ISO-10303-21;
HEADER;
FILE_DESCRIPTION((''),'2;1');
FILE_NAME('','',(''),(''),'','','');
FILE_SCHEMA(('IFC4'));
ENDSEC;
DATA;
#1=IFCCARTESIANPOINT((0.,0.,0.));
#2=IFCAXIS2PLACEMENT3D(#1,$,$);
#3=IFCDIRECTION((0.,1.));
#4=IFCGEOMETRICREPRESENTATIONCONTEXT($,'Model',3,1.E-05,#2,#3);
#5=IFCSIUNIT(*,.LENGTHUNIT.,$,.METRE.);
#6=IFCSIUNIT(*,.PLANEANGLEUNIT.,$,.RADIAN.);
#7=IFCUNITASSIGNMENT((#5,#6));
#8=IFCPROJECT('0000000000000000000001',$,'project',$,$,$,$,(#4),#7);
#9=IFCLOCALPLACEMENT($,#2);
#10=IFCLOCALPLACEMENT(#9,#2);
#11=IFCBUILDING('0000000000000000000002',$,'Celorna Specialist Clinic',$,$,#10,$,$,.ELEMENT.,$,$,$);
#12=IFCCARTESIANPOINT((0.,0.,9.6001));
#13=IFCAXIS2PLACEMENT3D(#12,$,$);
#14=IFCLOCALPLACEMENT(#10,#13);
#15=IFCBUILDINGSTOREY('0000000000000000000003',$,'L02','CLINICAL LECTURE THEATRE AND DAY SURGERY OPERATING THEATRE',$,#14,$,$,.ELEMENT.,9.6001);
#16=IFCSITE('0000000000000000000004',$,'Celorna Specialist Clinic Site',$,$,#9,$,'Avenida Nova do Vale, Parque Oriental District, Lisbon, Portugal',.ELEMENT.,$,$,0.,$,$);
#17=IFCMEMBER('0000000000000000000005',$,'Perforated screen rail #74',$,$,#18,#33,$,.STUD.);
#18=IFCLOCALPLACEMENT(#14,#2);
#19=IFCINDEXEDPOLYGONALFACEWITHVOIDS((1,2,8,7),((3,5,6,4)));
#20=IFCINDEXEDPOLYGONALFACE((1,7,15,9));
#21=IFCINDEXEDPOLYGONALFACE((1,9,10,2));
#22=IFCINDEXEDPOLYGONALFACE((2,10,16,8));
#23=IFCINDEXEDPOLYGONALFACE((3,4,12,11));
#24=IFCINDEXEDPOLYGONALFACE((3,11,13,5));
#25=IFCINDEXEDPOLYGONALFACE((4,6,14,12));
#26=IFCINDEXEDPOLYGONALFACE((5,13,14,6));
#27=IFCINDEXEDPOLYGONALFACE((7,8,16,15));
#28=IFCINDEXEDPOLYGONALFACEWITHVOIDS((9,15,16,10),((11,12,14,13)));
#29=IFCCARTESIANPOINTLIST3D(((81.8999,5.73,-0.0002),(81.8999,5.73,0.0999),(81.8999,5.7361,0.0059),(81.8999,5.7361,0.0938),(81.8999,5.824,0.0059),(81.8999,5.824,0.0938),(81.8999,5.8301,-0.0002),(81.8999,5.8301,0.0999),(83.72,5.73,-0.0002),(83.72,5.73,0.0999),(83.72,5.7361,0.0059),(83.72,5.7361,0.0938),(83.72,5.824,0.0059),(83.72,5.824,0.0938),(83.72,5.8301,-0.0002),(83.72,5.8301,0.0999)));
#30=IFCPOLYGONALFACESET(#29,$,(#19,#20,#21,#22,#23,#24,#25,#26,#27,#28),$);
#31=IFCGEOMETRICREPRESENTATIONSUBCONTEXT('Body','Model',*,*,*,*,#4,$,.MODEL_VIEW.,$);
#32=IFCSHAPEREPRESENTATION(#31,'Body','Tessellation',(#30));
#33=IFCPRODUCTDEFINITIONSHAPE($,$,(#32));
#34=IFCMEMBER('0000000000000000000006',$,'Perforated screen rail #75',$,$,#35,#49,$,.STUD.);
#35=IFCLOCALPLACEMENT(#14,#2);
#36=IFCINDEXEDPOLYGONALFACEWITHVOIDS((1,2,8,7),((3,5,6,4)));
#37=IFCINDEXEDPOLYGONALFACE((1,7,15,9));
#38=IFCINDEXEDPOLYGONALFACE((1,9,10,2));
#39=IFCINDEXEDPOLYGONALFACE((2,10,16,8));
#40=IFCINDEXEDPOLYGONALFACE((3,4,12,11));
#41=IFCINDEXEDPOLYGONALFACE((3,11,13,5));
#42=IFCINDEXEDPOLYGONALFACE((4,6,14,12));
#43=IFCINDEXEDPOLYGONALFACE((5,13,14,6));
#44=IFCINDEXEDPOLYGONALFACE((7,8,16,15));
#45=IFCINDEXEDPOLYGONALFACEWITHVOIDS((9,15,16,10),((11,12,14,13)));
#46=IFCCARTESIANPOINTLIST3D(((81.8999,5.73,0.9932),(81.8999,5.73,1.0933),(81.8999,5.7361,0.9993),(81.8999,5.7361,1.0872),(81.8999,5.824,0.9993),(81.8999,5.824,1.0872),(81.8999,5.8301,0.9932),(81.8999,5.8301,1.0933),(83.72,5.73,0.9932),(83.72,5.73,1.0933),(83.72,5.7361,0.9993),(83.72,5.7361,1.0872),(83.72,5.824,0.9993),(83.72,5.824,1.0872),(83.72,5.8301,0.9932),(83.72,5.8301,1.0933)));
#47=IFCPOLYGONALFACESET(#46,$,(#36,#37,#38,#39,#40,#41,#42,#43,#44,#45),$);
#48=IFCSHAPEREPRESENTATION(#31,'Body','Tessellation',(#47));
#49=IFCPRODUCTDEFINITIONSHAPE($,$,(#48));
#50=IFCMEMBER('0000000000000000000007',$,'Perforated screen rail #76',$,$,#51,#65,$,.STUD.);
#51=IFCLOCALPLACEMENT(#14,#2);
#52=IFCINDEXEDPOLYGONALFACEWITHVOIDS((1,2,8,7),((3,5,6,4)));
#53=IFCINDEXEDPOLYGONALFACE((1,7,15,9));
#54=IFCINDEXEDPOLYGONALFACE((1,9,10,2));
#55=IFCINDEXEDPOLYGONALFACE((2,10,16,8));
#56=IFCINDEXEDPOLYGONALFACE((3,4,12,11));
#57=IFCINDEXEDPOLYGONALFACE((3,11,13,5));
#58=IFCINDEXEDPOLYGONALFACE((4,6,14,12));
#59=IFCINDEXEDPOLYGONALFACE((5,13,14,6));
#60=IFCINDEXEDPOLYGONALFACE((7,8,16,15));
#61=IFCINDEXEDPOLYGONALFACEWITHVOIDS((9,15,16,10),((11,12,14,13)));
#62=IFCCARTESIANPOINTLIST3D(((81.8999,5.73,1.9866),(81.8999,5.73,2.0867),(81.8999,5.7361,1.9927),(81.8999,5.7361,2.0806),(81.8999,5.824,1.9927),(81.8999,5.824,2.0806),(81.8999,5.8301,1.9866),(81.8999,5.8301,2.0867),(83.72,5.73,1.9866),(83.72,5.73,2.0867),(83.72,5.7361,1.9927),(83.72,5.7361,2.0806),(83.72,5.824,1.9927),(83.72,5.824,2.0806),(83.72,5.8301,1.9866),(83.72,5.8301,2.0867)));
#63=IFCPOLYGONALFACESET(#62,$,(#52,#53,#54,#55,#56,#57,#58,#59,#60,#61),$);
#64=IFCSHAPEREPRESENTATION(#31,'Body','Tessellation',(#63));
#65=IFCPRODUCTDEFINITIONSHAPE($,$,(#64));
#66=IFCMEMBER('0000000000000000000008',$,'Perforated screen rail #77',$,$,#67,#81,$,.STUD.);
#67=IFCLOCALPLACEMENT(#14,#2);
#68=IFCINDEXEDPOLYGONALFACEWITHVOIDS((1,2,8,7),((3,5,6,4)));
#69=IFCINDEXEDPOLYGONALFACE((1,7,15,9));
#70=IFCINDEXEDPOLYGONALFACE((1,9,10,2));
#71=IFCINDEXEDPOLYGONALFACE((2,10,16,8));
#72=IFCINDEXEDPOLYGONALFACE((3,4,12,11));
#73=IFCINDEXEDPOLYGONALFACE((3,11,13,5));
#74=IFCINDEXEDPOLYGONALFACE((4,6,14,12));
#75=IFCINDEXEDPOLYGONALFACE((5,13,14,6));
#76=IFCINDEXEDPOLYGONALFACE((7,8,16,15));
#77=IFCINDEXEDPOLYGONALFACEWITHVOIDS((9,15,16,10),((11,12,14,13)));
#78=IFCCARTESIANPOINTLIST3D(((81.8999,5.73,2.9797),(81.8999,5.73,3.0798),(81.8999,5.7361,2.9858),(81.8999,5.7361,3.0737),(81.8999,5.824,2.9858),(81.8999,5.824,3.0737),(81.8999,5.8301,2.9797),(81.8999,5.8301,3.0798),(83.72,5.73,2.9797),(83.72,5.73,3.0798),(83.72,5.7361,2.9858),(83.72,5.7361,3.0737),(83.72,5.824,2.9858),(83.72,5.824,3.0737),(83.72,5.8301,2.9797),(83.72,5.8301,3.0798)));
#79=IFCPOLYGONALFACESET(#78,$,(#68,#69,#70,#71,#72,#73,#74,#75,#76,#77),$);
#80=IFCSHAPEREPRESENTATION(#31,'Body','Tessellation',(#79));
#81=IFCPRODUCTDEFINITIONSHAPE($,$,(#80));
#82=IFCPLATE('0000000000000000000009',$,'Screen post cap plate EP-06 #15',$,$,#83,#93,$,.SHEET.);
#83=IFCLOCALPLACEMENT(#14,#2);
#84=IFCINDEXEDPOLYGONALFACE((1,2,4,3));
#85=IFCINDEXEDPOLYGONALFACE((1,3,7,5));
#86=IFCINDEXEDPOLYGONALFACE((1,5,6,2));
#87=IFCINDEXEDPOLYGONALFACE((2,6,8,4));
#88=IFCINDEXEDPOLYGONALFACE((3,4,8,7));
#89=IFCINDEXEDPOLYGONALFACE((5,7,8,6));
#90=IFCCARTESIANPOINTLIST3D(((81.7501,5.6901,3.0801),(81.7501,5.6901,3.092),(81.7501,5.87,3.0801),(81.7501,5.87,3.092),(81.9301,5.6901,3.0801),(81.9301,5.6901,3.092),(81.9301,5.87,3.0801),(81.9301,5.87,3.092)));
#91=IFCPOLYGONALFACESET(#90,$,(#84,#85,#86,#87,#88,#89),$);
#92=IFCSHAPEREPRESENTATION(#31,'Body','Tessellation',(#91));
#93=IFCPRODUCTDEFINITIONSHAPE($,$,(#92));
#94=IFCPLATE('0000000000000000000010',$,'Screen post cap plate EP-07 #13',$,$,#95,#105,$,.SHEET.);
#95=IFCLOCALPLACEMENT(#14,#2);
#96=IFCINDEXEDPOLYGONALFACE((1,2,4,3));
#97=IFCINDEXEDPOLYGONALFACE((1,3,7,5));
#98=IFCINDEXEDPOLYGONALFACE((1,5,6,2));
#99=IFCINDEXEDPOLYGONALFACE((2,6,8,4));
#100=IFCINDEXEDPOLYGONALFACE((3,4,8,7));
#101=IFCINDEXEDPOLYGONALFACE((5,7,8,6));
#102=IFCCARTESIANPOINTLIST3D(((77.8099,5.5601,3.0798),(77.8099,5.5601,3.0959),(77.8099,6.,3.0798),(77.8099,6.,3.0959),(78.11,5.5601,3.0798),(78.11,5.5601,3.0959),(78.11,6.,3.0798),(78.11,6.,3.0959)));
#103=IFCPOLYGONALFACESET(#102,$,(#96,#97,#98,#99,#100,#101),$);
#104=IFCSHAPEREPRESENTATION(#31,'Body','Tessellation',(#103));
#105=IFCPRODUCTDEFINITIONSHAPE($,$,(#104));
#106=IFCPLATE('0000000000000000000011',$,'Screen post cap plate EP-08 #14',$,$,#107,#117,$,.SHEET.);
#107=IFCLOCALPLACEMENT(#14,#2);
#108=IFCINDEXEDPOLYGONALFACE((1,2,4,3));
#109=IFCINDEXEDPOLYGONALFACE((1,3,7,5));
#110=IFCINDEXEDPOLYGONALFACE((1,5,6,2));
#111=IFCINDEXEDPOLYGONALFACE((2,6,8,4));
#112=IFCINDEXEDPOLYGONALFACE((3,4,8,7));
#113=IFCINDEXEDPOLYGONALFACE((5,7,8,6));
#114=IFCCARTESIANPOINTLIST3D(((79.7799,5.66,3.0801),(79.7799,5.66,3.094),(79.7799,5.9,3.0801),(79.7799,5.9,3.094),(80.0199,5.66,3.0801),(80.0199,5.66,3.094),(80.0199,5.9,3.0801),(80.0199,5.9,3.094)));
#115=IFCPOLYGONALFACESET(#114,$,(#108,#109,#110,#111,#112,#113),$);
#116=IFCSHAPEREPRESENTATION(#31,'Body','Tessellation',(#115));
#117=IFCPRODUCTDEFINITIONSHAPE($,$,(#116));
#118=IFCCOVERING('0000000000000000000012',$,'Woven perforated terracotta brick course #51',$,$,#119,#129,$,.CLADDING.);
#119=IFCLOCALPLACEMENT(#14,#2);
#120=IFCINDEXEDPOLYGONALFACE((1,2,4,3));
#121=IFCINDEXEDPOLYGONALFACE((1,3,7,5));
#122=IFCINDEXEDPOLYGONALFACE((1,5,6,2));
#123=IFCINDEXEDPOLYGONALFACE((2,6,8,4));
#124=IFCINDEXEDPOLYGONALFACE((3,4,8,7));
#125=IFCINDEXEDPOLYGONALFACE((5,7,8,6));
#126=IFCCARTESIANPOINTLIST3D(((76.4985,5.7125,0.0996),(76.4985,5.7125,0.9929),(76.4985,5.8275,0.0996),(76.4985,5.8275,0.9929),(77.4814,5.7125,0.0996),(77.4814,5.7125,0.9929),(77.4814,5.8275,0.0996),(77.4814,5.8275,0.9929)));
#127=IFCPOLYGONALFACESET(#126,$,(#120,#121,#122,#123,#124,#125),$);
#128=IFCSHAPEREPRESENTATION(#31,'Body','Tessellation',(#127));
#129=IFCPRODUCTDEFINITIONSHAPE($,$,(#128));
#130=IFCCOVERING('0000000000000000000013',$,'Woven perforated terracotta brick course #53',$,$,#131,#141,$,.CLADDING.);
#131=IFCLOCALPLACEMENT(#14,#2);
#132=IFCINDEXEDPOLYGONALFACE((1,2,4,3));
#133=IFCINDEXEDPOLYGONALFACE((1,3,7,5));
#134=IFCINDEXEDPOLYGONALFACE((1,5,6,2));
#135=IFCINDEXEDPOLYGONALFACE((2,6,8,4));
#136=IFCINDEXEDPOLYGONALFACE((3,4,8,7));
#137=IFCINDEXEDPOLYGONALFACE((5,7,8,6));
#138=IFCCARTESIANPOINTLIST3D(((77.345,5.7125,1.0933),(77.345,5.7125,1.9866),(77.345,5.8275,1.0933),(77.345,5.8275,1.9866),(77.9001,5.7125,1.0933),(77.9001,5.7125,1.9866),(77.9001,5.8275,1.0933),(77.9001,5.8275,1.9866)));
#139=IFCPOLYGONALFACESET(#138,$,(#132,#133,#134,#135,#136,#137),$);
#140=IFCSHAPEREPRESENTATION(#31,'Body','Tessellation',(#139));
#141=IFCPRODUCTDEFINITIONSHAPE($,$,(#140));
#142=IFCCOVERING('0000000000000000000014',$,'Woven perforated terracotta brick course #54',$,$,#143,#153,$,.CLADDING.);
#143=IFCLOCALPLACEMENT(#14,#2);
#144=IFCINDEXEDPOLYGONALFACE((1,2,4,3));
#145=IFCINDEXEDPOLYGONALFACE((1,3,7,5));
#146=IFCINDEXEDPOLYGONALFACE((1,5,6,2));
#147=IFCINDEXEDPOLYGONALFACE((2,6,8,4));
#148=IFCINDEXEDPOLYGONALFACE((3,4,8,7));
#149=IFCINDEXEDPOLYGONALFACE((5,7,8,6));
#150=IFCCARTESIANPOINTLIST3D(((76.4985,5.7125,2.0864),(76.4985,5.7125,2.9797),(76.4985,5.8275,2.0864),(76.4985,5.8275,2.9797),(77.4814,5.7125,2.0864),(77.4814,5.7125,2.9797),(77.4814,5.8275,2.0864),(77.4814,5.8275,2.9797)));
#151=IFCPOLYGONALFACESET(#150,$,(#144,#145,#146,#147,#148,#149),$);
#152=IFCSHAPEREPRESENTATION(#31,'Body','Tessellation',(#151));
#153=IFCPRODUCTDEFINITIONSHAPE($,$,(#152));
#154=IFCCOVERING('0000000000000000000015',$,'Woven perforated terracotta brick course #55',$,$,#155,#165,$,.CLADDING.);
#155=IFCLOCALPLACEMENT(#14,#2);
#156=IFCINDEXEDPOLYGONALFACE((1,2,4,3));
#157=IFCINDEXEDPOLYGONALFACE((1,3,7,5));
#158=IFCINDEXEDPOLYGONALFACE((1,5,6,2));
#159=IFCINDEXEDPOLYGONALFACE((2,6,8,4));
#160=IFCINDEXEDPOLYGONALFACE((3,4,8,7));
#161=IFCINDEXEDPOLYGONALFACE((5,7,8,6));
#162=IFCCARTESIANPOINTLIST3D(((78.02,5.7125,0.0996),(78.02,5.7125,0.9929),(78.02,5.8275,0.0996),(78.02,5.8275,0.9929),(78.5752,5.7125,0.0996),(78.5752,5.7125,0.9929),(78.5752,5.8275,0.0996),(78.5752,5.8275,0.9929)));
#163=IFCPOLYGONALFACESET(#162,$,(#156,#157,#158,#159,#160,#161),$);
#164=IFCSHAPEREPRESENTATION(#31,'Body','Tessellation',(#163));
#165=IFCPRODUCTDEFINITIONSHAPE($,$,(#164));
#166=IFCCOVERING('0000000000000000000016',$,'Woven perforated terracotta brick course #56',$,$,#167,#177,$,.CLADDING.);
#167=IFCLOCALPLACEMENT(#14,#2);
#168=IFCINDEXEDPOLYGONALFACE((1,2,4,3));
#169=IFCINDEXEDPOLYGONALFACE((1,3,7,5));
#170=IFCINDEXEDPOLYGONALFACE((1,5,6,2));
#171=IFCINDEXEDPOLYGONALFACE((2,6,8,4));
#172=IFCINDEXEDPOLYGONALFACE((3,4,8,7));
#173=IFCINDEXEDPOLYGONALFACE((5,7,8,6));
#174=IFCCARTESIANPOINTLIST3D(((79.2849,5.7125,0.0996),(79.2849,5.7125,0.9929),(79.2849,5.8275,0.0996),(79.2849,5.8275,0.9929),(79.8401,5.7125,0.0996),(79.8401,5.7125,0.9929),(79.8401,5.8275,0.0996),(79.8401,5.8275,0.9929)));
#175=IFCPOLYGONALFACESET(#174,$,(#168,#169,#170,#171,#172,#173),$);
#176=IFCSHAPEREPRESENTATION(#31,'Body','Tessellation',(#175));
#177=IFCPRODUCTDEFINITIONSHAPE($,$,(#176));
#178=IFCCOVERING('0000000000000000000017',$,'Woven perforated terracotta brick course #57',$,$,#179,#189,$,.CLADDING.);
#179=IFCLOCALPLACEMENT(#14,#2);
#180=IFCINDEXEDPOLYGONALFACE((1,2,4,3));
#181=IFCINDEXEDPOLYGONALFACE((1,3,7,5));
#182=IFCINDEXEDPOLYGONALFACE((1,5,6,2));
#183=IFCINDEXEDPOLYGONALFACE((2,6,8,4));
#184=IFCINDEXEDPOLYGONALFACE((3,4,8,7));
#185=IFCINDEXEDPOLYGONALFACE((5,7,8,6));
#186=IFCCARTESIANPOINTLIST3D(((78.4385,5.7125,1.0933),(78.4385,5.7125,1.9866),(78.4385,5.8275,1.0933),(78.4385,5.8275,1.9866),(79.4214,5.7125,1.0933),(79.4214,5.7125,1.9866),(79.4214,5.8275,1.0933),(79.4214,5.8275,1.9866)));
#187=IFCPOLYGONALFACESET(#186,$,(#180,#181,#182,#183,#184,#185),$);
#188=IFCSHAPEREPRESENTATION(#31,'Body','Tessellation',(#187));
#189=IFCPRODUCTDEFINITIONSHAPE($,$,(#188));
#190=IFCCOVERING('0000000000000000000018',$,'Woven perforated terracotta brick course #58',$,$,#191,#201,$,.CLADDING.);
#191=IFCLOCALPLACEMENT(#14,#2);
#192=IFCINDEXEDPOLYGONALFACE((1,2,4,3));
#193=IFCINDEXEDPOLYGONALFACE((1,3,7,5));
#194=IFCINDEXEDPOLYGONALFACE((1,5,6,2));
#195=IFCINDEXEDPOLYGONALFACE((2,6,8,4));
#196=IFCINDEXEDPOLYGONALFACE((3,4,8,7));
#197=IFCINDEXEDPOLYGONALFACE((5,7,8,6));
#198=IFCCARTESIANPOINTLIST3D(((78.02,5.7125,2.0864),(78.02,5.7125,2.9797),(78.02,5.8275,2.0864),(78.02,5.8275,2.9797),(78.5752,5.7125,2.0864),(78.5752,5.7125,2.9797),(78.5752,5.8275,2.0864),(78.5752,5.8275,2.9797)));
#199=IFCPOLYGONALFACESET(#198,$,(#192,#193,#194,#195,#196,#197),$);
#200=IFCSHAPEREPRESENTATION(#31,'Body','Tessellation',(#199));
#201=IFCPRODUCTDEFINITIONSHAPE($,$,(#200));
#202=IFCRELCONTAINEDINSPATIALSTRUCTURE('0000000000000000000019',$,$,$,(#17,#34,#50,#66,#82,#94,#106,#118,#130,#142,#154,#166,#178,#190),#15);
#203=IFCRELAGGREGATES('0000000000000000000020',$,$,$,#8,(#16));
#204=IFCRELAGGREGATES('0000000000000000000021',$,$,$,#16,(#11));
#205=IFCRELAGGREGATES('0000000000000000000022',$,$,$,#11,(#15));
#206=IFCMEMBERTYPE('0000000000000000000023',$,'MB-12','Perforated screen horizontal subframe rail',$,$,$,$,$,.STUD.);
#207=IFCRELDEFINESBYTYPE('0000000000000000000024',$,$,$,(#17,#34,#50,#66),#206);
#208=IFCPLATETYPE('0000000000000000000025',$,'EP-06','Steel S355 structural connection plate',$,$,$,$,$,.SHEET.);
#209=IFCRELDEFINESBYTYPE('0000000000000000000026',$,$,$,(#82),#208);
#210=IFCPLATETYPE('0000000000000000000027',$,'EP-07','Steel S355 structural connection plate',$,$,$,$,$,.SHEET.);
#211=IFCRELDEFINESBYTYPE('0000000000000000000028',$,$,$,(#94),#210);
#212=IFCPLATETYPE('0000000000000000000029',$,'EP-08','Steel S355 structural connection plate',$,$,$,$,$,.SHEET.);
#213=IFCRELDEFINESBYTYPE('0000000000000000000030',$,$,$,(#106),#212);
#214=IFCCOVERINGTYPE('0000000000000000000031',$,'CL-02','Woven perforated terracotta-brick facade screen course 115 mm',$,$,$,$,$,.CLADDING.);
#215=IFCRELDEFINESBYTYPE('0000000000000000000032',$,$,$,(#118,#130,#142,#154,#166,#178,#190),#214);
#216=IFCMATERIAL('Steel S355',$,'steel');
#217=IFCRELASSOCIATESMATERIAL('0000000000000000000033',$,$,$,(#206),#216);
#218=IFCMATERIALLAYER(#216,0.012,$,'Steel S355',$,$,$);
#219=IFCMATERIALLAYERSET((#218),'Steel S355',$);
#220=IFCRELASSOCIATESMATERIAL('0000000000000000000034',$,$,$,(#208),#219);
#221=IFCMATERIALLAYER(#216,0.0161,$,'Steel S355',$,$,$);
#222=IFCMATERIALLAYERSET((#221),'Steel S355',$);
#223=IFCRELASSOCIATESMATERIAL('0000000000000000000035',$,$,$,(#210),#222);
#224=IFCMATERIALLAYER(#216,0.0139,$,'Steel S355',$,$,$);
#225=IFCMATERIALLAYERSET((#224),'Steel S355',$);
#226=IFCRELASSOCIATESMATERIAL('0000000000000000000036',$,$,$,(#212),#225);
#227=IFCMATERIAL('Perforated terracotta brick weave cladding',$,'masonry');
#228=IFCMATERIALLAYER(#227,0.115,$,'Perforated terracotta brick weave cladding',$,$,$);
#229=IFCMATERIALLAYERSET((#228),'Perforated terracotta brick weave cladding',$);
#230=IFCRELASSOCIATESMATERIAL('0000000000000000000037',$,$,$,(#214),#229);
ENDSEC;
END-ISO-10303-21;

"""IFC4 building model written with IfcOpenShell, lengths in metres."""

from ifc_helpers import new_model, si_unit, direction, frame, origin, origin_2d, place, context, subcontext, project, spatial, rectangle, hollow_rectangle, extrude, material, layer, layer_set, material_profile, profile_set, type_object, element, save


model = new_model("IFC4")

# Units and contexts
model_context = context("Model", 3, precision=1e-05, world=origin(), true_north=direction((0.0, 1.0)))
body_context = subcontext(model_context, "Body", "Model", "MODEL_VIEW")
ifc_project = project(units=[si_unit("LENGTHUNIT", "METRE"), si_unit("PLANEANGLEUNIT", "RADIAN")], contexts=[model_context])

# Site, building, storey
site_placement = place(None, origin())
site = spatial("IfcSite", under=ifc_project, at=site_placement, Name="Celorna Specialist Clinic Site", LongName="Avenida Nova do Vale, Parque Oriental District, Lisbon, Portugal", CompositionType="ELEMENT", RefElevation=0.0)
building_placement = place(site_placement, origin())
building = spatial("IfcBuilding", under=site, at=building_placement, Name="Celorna Specialist Clinic", CompositionType="ELEMENT")
storey_placement = place(building_placement, frame((0.0, 0.0, 9.6001)))
storey = spatial("IfcBuildingStorey", under=building, at=storey_placement, Name="L02", Description="CLINICAL LECTURE THEATRE AND DAY SURGERY OPERATING THEATRE", CompositionType="ELEMENT", Elevation=9.6001)

# Shared definitions
ifc_material_1 = material(Name="Steel S355", Category="steel")

# Members
ifc_material_profile_1 = material_profile(ifc_material_1, hollow_rectangle(XDim=0.1001, YDim=0.1001, WallThickness=0.0061, at=origin_2d()), Name="SHS 100x100x6")
ifc_profile_set_1 = profile_set([ifc_material_profile_1], Name="Steel S355")
member_type_1 = type_object("IfcMemberType", Name="MB-12", Description="Perforated screen horizontal subframe rail", PredefinedType="STUD", material=ifc_profile_set_1)
for number, where, z_axis, x_axis, name in (
    (1, (81.8999, 5.78, 0.0498), (1.0, 0.0, 0.0), (0.0, 1.0, 0.0), "Perforated screen rail #74"),
    (2, (81.8999, 5.78, 1.0432), (1.0, 0.0, 0.0), (0.0, 1.0, 0.0), "Perforated screen rail #75"),
    (3, (81.8999, 5.78, 2.0366), (1.0, 0.0, 0.0), (0.0, 1.0, 0.0), "Perforated screen rail #76"),
    (4, (81.8999, 5.78, 3.0298), (1.0, 0.0, 0.0), (0.0, 1.0, 0.0), "Perforated screen rail #77"),
):
    element("IfcMember", number, at=place(storey_placement, frame(where, z_axis=z_axis, x_axis=x_axis)), inside=storey, type_object=member_type_1, Name=name, PredefinedType="STUD", context=body_context, shape_type="SweptSolid", body=[
        extrude(hollow_rectangle(XDim=0.1001, YDim=0.1001, WallThickness=0.0061, at=origin_2d()), origin(), (0.0, 0.0, 1.0), 1.8201),
    ])

# Plates
ifc_layer_1 = layer(ifc_material_1, 0.012, Name="Steel S355")
ifc_layer_set_1 = layer_set([ifc_layer_1], Name="Steel S355")
plate_type_1 = type_object("IfcPlateType", Name="EP-06", Description="Steel S355 structural connection plate", PredefinedType="SHEET", material=ifc_layer_set_1)
plate_1_placement = place(storey_placement, frame((81.8401, 5.78, 3.0801), z_axis=(0.0, 0.0, 1.0), x_axis=(1.0, 0.0, 0.0)))
element("IfcPlate", 5, at=plate_1_placement, inside=storey, type_object=plate_type_1, Name="Screen post cap plate EP-06 #15", PredefinedType="SHEET", context=body_context, shape_type="SweptSolid", body=[
    extrude(rectangle(XDim=0.1799, YDim=0.1799, at=origin_2d()), origin(), (0.0, 0.0, 1.0), 0.012),
])
ifc_layer_2 = layer(ifc_material_1, 0.0161, Name="Steel S355")
ifc_layer_set_2 = layer_set([ifc_layer_2], Name="Steel S355")
plate_type_2 = type_object("IfcPlateType", Name="EP-07", Description="Steel S355 structural connection plate", PredefinedType="SHEET", material=ifc_layer_set_2)
plate_2_placement = place(storey_placement, frame((77.96, 5.78, 3.0798), z_axis=(0.0, 0.0, 1.0), x_axis=(1.0, 0.0, 0.0)))
element("IfcPlate", 6, at=plate_2_placement, inside=storey, type_object=plate_type_2, Name="Screen post cap plate EP-07 #13", PredefinedType="SHEET", context=body_context, shape_type="SweptSolid", body=[
    extrude(rectangle(XDim=0.3, YDim=0.4399, at=origin_2d()), origin(), (0.0, 0.0, 1.0), 0.0161),
])
ifc_layer_3 = layer(ifc_material_1, 0.0139, Name="Steel S355")
ifc_layer_set_3 = layer_set([ifc_layer_3], Name="Steel S355")
plate_type_3 = type_object("IfcPlateType", Name="EP-08", Description="Steel S355 structural connection plate", PredefinedType="SHEET", material=ifc_layer_set_3)
plate_3_placement = place(storey_placement, frame((79.8999, 5.78, 3.0801), z_axis=(0.0, 0.0, 1.0), x_axis=(1.0, 0.0, 0.0)))
element("IfcPlate", 7, at=plate_3_placement, inside=storey, type_object=plate_type_3, Name="Screen post cap plate EP-08 #14", PredefinedType="SHEET", context=body_context, shape_type="SweptSolid", body=[
    extrude(rectangle(XDim=0.24, YDim=0.24, at=origin_2d()), origin(), (0.0, 0.0, 1.0), 0.0139),
])

# Coverings
ifc_material_2 = material(Name="Perforated terracotta brick weave cladding", Category="masonry")
ifc_layer_4 = layer(ifc_material_2, 0.115, Name="Perforated terracotta brick weave cladding")
ifc_layer_set_4 = layer_set([ifc_layer_4], Name="Perforated terracotta brick weave cladding")
covering_type = type_object("IfcCoveringType", Name="CL-02", Description="Woven perforated terracotta-brick facade screen course 115 mm", PredefinedType="CLADDING", material=ifc_layer_set_4)
covering_1_placement = place(storey_placement, frame((76.99, 5.77, 0.0996), z_axis=(0.0, 0.0, 1.0), x_axis=(1.0, 0.0, 0.0)))
element("IfcCovering", 8, at=covering_1_placement, inside=storey, type_object=covering_type, Name="Woven perforated terracotta brick course #51", PredefinedType="CLADDING", context=body_context, shape_type="SweptSolid", body=[
    extrude(rectangle(XDim=0.9829, YDim=0.115, at=origin_2d()), origin(), (0.0, 0.0, 1.0), 0.8933),
])
covering_2_placement = place(storey_placement, frame((77.6226, 5.77, 1.0933), z_axis=(0.0, 0.0, 1.0), x_axis=(1.0, 0.0, 0.0)))
element("IfcCovering", 9, at=covering_2_placement, inside=storey, type_object=covering_type, Name="Woven perforated terracotta brick course #53", PredefinedType="CLADDING", context=body_context, shape_type="SweptSolid", body=[
    extrude(rectangle(XDim=0.5552, YDim=0.115, at=origin_2d()), origin(), (0.0, 0.0, 1.0), 0.8933),
])
covering_3_placement = place(storey_placement, frame((76.99, 5.77, 2.0864), z_axis=(0.0, 0.0, 1.0), x_axis=(1.0, 0.0, 0.0)))
element("IfcCovering", 10, at=covering_3_placement, inside=storey, type_object=covering_type, Name="Woven perforated terracotta brick course #54", PredefinedType="CLADDING", context=body_context, shape_type="SweptSolid", body=[
    extrude(rectangle(XDim=0.9829, YDim=0.115, at=origin_2d()), origin(), (0.0, 0.0, 1.0), 0.8933),
])
for number, where, z_axis, x_axis, name in (
    (11, (78.2976, 5.77, 0.0996), (0.0, 0.0, 1.0), (1.0, 0.0, 0.0), "Woven perforated terracotta brick course #55"),
    (12, (79.5625, 5.77, 0.0996), (0.0, 0.0, 1.0), (1.0, 0.0, 0.0), "Woven perforated terracotta brick course #56"),
):
    element("IfcCovering", number, at=place(storey_placement, frame(where, z_axis=z_axis, x_axis=x_axis)), inside=storey, type_object=covering_type, Name=name, PredefinedType="CLADDING", context=body_context, shape_type="SweptSolid", body=[
        extrude(rectangle(XDim=0.5552, YDim=0.115, at=origin_2d()), origin(), (0.0, 0.0, 1.0), 0.8933),
    ])
covering_4_placement = place(storey_placement, frame((78.9299, 5.77, 1.0933), z_axis=(0.0, 0.0, 1.0), x_axis=(1.0, 0.0, 0.0)))
element("IfcCovering", 13, at=covering_4_placement, inside=storey, type_object=covering_type, Name="Woven perforated terracotta brick course #57", PredefinedType="CLADDING", context=body_context, shape_type="SweptSolid", body=[
    extrude(rectangle(XDim=0.9829, YDim=0.115, at=origin_2d()), origin(), (0.0, 0.0, 1.0), 0.8933),
])
for number, where, z_axis, x_axis, name in (
    (14, (78.2976, 5.77, 2.0864), (0.0, 0.0, 1.0), (1.0, 0.0, 0.0), "Woven perforated terracotta brick course #58"),
):
    element("IfcCovering", number, at=place(storey_placement, frame(where, z_axis=z_axis, x_axis=x_axis)), inside=storey, type_object=covering_type, Name=name, PredefinedType="CLADDING", context=body_context, shape_type="SweptSolid", body=[
        extrude(rectangle(XDim=0.5552, YDim=0.115, at=origin_2d()), origin(), (0.0, 0.0, 1.0), 0.8933),
    ])

save(model, "model.ifc")
